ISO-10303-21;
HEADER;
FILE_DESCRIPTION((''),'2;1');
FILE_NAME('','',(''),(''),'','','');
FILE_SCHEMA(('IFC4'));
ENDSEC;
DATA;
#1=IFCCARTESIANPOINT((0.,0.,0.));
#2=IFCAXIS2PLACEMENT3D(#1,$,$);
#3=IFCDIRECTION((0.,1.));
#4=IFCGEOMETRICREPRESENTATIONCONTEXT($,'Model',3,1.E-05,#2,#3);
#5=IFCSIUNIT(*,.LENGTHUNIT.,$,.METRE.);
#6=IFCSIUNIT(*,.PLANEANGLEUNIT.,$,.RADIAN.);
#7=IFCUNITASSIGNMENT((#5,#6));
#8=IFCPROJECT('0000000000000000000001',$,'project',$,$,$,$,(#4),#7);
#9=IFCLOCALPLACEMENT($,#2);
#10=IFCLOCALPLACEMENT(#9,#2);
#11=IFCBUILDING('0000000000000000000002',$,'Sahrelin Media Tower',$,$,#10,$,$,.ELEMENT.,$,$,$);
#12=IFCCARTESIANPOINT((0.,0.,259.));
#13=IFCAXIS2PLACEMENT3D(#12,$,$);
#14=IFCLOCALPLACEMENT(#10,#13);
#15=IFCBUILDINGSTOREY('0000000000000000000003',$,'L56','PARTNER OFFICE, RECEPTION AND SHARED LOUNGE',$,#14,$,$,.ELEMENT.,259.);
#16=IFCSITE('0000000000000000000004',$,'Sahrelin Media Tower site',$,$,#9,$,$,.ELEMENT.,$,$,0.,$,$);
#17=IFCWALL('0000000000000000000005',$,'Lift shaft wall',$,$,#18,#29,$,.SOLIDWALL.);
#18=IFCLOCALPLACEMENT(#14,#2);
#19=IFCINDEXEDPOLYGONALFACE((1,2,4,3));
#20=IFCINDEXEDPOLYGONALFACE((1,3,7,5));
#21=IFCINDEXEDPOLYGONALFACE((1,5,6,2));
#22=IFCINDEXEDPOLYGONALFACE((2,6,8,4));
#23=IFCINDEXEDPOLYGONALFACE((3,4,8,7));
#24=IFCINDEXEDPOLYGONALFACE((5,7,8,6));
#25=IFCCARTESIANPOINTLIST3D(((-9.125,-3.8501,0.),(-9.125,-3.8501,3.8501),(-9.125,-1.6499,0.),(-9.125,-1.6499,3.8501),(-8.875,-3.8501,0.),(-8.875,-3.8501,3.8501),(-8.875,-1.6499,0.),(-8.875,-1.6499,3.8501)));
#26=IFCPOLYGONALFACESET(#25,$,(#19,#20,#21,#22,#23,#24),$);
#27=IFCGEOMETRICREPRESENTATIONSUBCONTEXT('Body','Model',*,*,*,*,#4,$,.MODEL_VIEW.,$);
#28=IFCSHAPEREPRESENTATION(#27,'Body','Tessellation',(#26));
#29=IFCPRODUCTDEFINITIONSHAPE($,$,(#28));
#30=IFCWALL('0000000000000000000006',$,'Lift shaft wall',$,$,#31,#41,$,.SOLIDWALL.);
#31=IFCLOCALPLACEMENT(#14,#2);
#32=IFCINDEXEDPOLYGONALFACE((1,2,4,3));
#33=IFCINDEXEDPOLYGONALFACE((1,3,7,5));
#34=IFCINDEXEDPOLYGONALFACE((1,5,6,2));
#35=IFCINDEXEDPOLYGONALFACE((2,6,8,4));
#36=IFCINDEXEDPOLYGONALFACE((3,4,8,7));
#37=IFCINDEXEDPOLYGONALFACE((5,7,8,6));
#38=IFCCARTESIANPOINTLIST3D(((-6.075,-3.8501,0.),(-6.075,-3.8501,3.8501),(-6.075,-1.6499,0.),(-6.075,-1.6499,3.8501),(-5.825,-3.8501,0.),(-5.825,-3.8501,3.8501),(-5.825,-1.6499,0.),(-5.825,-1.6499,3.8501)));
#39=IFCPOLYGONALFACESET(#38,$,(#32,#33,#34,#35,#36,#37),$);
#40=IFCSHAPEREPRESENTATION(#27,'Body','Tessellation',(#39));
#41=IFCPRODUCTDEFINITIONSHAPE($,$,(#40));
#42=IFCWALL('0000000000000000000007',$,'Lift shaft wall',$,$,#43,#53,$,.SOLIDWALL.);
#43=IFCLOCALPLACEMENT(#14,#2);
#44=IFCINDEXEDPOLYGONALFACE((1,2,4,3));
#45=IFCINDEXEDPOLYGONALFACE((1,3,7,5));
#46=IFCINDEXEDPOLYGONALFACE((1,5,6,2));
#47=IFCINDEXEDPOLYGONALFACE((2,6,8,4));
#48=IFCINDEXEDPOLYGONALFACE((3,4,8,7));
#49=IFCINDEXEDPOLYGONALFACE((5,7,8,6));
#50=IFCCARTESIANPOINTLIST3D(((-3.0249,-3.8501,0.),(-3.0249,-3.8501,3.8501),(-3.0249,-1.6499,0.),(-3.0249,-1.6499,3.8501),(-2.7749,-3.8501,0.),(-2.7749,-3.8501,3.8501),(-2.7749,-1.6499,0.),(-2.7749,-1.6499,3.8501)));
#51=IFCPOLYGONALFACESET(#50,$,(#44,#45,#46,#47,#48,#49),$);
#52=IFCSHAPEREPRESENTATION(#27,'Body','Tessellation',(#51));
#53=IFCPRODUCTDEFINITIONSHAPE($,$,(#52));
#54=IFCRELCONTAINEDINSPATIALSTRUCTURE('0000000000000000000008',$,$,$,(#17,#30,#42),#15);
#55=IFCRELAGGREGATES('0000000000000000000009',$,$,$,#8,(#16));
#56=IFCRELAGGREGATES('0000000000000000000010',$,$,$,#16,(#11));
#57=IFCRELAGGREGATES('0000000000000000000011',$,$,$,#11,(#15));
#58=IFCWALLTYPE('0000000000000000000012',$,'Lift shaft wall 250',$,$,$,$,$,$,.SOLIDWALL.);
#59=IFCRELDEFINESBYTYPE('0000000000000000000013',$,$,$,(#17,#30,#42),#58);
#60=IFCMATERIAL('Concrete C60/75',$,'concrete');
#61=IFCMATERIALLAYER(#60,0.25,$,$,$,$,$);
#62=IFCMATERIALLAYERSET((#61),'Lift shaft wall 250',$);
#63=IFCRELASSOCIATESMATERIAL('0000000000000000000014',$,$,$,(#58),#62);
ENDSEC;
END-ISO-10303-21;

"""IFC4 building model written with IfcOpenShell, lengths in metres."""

from ifc_helpers import new_model, si_unit, direction, frame, frame_2d, origin, place, context, subcontext, project, spatial, rectangle, extrude, material, layer, layer_set, type_object, element, save


model = new_model("IFC4")

# Units and contexts
model_context = context("Model", 3, precision=1e-05, world=origin(), true_north=direction((0.0, 1.0)))
body_context = subcontext(model_context, "Body", "Model", "MODEL_VIEW")
ifc_project = project(units=[si_unit("LENGTHUNIT", "METRE"), si_unit("PLANEANGLEUNIT", "RADIAN")], contexts=[model_context])

# Site, building, storey
site_placement = place(None, origin())
site = spatial("IfcSite", under=ifc_project, at=site_placement, Name="Sahrelin Media Tower site", CompositionType="ELEMENT", RefElevation=0.0)
building_placement = place(site_placement, origin())
building = spatial("IfcBuilding", under=site, at=building_placement, Name="Sahrelin Media Tower", CompositionType="ELEMENT")
storey_placement = place(building_placement, frame((0.0, 0.0, 259.0)))
storey = spatial("IfcBuildingStorey", under=building, at=storey_placement, Name="L56", Description="PARTNER OFFICE, RECEPTION AND SHARED LOUNGE", CompositionType="ELEMENT", Elevation=259.0)

# Shared definitions
ifc_material_1 = material(Name="Concrete C60/75", Category="concrete")

# Shared definitions
ifc_layer_1 = layer(ifc_material_1, 0.25)
ifc_layer_set_1 = layer_set([ifc_layer_1], Name="Lift shaft wall 250")
wall_type_1 = type_object("IfcWallType", Name="Lift shaft wall 250", PredefinedType="SOLIDWALL", material=ifc_layer_set_1)

# Walls
for number, where, z_axis, x_axis, name in (
    (1, (-9.0, -3.8501, 0.0), (0.0, 0.0, 1.0), (0.0, 1.0, 0.0), "Lift shaft wall"),
    (2, (-5.95, -3.8501, 0.0), (0.0, 0.0, 1.0), (0.0, 1.0, 0.0), "Lift shaft wall"),
    (3, (-2.8999, -3.8501, 0.0), (0.0, 0.0, 1.0), (0.0, 1.0, 0.0), "Lift shaft wall"),
):
    element("IfcWall", number, at=place(storey_placement, frame(where, z_axis=z_axis, x_axis=x_axis)), inside=storey, type_object=wall_type_1, Name=name, PredefinedType="SOLIDWALL", context=body_context, shape_type="SweptSolid", body=[
        extrude(rectangle(XDim=2.2002, YDim=0.25, at=frame_2d((1.1001, 0.0))), origin(), (0.0, 0.0, 1.0), 3.8501),
    ])

save(model, "model.ifc")
